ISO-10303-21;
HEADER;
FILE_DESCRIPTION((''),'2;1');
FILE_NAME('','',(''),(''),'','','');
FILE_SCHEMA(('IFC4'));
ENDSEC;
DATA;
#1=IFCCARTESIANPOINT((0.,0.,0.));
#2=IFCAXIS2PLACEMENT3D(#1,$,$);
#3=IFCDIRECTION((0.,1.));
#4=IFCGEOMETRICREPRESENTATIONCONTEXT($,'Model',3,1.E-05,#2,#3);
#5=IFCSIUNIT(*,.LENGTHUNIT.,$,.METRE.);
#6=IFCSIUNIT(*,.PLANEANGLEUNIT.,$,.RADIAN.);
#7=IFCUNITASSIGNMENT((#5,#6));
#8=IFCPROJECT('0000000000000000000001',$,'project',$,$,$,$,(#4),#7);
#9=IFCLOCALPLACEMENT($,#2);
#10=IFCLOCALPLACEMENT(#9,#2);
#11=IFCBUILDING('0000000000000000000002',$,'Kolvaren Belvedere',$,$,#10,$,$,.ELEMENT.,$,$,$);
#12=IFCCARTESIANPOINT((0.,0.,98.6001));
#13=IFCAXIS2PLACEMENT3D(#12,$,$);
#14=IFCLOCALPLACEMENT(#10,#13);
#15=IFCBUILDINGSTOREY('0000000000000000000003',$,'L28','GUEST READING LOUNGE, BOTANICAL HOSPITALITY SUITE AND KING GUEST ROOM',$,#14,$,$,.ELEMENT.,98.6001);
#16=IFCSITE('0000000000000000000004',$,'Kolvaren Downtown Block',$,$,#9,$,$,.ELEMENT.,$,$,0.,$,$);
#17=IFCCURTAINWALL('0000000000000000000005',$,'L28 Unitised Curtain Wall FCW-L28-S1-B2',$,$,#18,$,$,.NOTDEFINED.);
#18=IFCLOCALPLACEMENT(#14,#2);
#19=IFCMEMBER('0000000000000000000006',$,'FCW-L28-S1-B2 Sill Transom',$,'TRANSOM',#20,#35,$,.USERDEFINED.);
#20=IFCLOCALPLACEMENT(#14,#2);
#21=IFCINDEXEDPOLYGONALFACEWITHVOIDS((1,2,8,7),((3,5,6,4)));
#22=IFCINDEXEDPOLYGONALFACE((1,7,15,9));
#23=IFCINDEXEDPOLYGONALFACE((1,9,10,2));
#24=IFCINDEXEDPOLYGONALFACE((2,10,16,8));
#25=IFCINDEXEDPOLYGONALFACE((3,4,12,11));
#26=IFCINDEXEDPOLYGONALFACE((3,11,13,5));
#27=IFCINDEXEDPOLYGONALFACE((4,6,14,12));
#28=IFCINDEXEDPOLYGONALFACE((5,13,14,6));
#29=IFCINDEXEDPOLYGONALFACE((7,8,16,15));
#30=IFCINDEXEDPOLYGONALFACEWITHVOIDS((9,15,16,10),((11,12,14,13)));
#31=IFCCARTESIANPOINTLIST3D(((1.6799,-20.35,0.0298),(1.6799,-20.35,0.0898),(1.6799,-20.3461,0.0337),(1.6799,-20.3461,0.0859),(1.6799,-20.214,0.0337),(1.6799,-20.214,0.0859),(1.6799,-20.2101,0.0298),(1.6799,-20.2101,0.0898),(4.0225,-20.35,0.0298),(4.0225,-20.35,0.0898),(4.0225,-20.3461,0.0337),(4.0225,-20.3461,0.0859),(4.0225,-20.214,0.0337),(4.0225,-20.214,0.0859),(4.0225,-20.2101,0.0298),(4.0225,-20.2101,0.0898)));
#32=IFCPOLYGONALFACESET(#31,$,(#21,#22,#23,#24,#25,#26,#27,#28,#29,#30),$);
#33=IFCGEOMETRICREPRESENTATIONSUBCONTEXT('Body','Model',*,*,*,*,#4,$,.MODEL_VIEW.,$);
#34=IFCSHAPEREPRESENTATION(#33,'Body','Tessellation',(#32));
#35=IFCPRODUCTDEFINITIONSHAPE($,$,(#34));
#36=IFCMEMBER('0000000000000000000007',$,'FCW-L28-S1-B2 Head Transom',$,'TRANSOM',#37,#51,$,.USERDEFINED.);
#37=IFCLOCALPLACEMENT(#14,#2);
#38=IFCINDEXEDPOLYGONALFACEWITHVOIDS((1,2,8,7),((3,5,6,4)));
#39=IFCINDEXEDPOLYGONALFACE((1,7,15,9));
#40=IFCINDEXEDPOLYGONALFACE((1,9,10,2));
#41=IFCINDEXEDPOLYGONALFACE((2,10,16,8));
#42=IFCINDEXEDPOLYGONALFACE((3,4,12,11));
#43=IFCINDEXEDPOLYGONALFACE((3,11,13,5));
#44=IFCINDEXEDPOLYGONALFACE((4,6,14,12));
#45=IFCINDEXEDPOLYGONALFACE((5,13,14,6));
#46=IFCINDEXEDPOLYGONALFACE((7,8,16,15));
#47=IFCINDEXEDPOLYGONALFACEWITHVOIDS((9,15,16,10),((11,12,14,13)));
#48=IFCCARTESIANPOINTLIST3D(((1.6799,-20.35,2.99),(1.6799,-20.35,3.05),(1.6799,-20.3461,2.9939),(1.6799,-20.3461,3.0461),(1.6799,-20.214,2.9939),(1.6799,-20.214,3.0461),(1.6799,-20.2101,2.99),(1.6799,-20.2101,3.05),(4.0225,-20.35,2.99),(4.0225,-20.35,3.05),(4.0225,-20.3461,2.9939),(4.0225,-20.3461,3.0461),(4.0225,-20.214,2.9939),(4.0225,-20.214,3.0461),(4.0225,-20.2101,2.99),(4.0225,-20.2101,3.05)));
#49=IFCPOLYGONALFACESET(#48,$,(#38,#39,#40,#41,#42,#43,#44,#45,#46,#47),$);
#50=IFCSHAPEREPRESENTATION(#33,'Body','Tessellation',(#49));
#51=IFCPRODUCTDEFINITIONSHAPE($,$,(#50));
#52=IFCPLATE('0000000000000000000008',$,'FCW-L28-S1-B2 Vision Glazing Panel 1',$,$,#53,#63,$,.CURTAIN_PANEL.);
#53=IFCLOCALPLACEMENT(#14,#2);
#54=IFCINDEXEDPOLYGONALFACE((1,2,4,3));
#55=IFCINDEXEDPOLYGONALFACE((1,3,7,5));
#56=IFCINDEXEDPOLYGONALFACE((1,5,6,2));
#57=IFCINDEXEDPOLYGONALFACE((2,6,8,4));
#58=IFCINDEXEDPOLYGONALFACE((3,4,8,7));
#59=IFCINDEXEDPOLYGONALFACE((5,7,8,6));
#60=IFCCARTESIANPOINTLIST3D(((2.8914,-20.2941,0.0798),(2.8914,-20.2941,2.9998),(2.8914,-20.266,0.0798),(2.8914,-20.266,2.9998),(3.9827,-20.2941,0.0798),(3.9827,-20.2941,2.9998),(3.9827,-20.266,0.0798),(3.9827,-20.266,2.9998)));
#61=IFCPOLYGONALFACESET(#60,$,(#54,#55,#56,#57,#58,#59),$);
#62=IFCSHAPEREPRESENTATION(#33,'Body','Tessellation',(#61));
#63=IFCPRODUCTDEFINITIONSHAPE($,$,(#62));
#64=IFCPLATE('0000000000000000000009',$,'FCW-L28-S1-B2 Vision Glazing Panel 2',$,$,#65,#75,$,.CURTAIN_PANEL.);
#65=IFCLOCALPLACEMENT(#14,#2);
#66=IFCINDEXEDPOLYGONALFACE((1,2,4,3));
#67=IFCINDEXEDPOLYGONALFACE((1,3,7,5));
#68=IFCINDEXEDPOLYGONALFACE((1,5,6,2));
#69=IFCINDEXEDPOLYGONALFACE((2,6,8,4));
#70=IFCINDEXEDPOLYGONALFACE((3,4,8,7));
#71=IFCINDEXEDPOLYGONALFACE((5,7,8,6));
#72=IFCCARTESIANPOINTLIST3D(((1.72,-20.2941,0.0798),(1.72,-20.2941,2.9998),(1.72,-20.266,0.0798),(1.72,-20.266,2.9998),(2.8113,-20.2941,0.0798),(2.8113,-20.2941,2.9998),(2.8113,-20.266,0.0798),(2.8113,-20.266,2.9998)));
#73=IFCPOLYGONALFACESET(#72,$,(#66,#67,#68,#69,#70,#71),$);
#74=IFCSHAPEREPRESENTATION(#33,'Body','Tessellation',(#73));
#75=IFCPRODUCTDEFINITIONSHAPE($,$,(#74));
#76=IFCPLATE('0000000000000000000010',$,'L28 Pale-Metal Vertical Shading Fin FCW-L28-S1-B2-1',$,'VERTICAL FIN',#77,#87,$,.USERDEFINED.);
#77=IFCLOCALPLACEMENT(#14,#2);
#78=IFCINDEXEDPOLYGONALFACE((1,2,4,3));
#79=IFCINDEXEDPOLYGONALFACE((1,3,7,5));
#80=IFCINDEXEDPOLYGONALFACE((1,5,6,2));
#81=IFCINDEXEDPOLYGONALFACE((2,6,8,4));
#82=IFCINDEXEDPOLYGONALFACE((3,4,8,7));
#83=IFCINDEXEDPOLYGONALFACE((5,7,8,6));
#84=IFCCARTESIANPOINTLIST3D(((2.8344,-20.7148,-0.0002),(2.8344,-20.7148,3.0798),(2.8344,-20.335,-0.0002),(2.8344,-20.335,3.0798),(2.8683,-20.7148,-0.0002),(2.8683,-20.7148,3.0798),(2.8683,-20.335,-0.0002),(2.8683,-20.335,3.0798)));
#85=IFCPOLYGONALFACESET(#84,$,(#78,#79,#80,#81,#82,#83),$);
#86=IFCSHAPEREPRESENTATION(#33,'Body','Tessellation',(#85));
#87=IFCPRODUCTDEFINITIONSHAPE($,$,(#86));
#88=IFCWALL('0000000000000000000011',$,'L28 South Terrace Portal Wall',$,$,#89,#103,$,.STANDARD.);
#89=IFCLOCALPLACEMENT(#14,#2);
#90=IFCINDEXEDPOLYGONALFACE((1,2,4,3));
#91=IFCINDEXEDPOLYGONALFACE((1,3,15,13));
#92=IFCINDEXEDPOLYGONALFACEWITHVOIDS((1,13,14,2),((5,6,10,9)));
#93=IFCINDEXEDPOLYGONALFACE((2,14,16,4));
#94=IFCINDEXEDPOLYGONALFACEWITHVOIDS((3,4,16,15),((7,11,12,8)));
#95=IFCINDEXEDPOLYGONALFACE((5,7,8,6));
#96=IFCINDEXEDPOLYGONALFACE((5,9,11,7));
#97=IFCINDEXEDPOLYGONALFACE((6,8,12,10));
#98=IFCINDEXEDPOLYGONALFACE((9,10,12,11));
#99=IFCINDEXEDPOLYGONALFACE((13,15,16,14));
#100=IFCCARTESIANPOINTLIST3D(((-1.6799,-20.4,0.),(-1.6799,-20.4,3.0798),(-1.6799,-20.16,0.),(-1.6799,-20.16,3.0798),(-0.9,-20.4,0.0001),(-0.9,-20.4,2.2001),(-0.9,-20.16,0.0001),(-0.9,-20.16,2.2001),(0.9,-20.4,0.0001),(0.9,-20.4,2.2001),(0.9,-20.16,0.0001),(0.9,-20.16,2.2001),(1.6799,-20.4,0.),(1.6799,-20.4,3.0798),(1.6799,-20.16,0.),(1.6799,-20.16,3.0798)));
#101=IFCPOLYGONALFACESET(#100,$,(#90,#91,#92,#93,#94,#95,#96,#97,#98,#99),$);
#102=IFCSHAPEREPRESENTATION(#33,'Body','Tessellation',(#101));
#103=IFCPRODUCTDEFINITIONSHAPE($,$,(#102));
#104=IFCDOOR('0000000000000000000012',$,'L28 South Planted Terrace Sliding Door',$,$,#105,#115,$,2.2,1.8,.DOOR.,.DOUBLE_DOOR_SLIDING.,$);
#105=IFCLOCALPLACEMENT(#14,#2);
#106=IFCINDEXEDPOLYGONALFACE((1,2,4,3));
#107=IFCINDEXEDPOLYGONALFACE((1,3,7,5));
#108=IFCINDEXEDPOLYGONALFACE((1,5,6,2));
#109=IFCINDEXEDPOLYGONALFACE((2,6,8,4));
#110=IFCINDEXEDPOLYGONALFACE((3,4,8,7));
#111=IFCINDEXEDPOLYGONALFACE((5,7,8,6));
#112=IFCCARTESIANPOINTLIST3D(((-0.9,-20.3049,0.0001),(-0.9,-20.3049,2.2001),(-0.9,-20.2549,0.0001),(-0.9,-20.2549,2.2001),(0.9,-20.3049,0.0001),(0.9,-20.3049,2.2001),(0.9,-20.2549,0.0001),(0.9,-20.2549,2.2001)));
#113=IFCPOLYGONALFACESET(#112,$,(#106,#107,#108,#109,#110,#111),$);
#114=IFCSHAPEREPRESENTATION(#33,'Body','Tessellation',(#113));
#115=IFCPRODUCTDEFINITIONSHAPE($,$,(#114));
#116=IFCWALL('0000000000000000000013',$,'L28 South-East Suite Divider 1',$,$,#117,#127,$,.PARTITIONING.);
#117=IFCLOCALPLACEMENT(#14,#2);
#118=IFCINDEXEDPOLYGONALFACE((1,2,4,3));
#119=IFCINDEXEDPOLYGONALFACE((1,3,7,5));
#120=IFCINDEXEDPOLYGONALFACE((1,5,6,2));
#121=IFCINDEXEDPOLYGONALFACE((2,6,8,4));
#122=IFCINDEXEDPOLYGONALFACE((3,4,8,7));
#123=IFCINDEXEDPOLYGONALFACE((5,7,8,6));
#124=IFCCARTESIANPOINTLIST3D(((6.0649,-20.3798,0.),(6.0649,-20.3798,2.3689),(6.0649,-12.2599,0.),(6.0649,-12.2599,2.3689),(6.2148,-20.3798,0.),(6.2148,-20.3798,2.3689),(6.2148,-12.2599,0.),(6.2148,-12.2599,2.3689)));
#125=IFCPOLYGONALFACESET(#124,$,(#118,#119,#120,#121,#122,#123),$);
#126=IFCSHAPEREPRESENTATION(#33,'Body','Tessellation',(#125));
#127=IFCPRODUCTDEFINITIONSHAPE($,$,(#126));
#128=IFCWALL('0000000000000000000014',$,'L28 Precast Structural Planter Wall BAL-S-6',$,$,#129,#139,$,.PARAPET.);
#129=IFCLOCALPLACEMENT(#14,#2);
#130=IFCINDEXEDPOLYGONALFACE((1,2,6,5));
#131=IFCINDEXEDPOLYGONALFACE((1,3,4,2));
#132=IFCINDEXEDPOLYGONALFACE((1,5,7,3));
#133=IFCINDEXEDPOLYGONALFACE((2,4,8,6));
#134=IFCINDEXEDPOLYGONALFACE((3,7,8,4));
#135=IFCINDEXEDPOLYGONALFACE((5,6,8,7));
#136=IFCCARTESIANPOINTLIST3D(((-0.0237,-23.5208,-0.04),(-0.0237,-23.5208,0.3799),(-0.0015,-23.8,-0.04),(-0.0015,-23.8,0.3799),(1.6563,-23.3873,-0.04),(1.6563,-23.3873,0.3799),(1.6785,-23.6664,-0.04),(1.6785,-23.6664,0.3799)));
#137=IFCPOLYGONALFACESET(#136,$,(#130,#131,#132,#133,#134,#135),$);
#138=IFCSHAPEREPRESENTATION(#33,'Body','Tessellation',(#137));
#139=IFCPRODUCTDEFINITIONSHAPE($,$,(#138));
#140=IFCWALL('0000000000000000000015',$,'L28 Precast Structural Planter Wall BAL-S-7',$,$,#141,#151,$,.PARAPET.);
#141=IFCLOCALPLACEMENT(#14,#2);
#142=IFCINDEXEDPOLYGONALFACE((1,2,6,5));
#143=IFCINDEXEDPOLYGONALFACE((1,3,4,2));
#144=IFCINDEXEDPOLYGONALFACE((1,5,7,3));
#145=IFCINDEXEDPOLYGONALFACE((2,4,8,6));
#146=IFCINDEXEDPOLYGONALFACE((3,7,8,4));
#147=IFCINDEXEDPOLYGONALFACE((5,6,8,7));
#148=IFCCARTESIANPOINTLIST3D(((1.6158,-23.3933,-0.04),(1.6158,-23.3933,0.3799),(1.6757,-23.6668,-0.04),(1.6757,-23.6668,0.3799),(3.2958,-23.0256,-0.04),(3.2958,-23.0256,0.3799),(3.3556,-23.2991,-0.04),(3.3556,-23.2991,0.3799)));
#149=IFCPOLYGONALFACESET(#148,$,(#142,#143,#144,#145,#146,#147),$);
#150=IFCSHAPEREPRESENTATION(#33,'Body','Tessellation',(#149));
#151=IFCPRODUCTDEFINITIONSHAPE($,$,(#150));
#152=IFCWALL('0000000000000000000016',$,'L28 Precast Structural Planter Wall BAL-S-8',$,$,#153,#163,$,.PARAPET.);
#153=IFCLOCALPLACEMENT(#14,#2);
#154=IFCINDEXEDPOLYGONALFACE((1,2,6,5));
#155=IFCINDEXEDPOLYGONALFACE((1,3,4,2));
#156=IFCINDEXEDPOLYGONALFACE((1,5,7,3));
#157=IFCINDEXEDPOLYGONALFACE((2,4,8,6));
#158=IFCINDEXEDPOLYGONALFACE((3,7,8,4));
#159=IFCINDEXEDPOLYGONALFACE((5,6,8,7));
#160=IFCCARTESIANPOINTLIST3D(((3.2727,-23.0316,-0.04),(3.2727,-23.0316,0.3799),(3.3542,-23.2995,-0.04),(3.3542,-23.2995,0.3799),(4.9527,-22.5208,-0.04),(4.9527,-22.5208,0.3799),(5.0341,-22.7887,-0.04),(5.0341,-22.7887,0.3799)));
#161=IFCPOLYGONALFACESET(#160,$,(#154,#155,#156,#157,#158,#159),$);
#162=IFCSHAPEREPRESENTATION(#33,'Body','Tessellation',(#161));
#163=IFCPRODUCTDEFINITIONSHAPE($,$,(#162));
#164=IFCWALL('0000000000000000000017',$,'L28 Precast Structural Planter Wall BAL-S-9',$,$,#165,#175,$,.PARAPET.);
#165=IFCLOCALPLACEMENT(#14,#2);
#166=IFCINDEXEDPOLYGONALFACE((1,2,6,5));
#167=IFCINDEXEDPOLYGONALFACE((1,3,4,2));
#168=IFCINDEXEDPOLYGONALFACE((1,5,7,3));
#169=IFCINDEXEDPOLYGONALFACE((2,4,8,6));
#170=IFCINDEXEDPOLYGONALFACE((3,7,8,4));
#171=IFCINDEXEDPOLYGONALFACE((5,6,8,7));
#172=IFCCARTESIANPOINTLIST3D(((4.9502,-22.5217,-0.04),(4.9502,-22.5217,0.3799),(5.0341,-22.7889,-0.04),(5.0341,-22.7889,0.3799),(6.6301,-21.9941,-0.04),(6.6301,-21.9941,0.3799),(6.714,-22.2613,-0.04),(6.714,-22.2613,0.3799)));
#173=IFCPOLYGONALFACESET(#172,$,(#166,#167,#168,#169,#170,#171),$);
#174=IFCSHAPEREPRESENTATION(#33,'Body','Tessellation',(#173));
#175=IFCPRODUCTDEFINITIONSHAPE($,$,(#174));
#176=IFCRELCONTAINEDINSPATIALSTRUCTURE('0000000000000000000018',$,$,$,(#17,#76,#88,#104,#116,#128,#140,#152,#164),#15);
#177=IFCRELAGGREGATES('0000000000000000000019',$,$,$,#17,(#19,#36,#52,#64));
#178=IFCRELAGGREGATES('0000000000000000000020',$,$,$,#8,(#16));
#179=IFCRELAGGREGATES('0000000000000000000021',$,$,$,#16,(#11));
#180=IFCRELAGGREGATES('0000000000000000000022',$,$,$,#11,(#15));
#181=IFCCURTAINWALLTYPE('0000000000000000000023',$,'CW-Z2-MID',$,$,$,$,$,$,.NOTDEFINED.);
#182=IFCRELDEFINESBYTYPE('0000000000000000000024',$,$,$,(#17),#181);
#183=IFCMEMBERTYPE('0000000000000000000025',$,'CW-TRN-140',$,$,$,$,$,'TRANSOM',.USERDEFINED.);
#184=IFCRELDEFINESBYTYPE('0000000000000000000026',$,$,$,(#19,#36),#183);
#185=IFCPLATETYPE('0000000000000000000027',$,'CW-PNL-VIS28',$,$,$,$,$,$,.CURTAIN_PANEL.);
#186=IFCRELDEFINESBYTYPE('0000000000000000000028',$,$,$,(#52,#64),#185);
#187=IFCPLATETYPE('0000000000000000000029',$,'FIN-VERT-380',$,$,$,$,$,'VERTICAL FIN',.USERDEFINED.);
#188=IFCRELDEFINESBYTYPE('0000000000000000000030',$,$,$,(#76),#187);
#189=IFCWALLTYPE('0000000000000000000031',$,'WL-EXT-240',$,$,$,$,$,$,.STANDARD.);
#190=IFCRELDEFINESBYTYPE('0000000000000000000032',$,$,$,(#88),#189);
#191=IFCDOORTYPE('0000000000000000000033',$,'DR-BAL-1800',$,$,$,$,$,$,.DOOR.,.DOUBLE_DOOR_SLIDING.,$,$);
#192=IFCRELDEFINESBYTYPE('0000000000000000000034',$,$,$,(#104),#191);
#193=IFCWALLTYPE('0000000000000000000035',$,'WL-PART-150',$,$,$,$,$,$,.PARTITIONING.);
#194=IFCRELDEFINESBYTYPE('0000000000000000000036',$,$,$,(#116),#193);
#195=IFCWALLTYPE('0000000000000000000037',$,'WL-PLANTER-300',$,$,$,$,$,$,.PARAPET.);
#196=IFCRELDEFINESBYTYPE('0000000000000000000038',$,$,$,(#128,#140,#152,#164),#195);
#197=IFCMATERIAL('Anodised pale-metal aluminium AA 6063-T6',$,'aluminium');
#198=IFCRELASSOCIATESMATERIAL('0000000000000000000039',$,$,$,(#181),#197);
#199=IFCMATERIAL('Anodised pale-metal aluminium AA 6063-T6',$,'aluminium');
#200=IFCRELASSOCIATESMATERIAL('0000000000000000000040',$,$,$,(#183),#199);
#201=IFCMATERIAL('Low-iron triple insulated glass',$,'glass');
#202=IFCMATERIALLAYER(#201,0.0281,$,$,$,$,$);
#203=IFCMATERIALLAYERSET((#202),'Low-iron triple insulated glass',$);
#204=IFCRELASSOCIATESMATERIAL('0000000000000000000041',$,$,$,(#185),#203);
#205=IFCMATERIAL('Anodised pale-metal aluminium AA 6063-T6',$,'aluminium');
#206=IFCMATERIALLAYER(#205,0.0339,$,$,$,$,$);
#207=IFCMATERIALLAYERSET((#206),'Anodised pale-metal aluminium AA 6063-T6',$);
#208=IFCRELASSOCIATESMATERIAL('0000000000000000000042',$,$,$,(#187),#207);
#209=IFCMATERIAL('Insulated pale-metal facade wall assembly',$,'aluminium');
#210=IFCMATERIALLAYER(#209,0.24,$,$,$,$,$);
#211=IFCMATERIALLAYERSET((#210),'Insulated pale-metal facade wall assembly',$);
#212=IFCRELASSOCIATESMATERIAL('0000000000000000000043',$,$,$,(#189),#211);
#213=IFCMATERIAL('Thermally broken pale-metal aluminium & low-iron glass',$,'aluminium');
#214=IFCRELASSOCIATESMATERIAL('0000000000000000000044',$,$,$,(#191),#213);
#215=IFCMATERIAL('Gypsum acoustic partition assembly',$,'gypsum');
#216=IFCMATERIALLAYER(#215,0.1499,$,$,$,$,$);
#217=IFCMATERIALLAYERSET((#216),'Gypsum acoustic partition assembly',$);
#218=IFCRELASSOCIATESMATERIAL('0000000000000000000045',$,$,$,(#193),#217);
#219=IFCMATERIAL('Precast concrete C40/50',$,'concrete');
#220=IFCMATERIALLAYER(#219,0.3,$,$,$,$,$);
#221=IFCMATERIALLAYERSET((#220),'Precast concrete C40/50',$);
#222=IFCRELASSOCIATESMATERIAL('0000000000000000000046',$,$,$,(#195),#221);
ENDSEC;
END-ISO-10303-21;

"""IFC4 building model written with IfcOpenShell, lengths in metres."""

from ifc_helpers import new_model, si_unit, direction, frame, frame_2d, origin, origin_2d, place, context, subcontext, project, spatial, rectangle, hollow_rectangle, extrude, material, layer, layer_set, material_profile, profile_set, type_object, element, fill, aggregate, save


model = new_model("IFC4")

# Units and contexts
model_context = context("Model", 3, precision=1e-05, world=origin(), true_north=direction((0.0, 1.0)))
body_context = subcontext(model_context, "Body", "Model", "MODEL_VIEW")
ifc_project = project(units=[si_unit("LENGTHUNIT", "METRE"), si_unit("PLANEANGLEUNIT", "RADIAN")], contexts=[model_context])

# Site, building, storey
site_placement = place(None, origin())
site = spatial("IfcSite", under=ifc_project, at=site_placement, Name="Kolvaren Downtown Block", CompositionType="ELEMENT", RefElevation=0.0)
building_placement = place(site_placement, origin())
building = spatial("IfcBuilding", under=site, at=building_placement, Name="Kolvaren Belvedere", CompositionType="ELEMENT")
storey_placement = place(building_placement, frame((0.0, 0.0, 98.6001)))
storey = spatial("IfcBuildingStorey", under=building, at=storey_placement, Name="L28", Description="GUEST READING LOUNGE, BOTANICAL HOSPITALITY SUITE AND KING GUEST ROOM", CompositionType="ELEMENT", Elevation=98.6001)

# Shared definitions
ifc_material_1 = material(Name="Anodised pale-metal aluminium AA 6063-T6", Category="aluminium")
curtain_wall_type = type_object("IfcCurtainWallType", Name="CW-Z2-MID", PredefinedType="NOTDEFINED", material=ifc_material_1)

# Curtain wall, members, plates
curtain_wall_1_placement = place(storey_placement, origin())
curtain_wall_1 = element("IfcCurtainWall", 1, at=curtain_wall_1_placement, inside=storey, type_object=curtain_wall_type, Name="L28 Unitised Curtain Wall FCW-L28-S1-B2", PredefinedType="NOTDEFINED")
ifc_material_2 = material(Name="Anodised pale-metal aluminium AA 6063-T6", Category="aluminium")
ifc_material_profile_1 = material_profile(ifc_material_2, hollow_rectangle(XDim=0.0601, YDim=0.1399, WallThickness=0.0039, at=origin_2d()), Name="ALU-TRN-140X60")
ifc_profile_set_1 = profile_set([ifc_material_profile_1], Name="Anodised pale-metal aluminium AA 6063-T6")
member_type_1 = type_object("IfcMemberType", Name="CW-TRN-140", ElementType="TRANSOM", PredefinedType="USERDEFINED", material=ifc_profile_set_1)
member_1_placement = place(storey_placement, frame((4.0225, -20.28, 0.0598), z_axis=(-1.0, 0.0, 0.0), x_axis=(0.0, 0.0, 1.0)))
member_1 = element("IfcMember", 2, at=member_1_placement, type_object=member_type_1, Name="FCW-L28-S1-B2 Sill Transom", ObjectType="TRANSOM", PredefinedType="USERDEFINED", context=body_context, shape_type="SweptSolid", body=[
    extrude(hollow_rectangle(XDim=0.0601, YDim=0.1399, WallThickness=0.0039, at=origin_2d()), origin(), (0.0, 0.0, 1.0), 2.3425),
])
member_2_placement = place(storey_placement, frame((4.0225, -20.28, 3.02), z_axis=(-1.0, 0.0, 0.0), x_axis=(0.0, 0.0, 1.0)))
member_2 = element("IfcMember", 3, at=member_2_placement, type_object=member_type_1, Name="FCW-L28-S1-B2 Head Transom", ObjectType="TRANSOM", PredefinedType="USERDEFINED", context=body_context, shape_type="SweptSolid", body=[
    extrude(hollow_rectangle(XDim=0.0601, YDim=0.1399, WallThickness=0.0039, at=origin_2d()), origin(), (0.0, 0.0, 1.0), 2.3425),
])
ifc_material_3 = material(Name="Low-iron triple insulated glass", Category="glass")
ifc_layer_1 = layer(ifc_material_3, 0.0281)
ifc_layer_set_1 = layer_set([ifc_layer_1], Name="Low-iron triple insulated glass")
plate_type_1 = type_object("IfcPlateType", Name="CW-PNL-VIS28", PredefinedType="CURTAIN_PANEL", material=ifc_layer_set_1)
plate_1_placement = place(storey_placement, frame((3.437, -20.28, 0.0798), z_axis=(0.0, 0.0, 1.0), x_axis=(-1.0, 0.0, 0.0)))
plate_1 = element("IfcPlate", 4, at=plate_1_placement, type_object=plate_type_1, Name="FCW-L28-S1-B2 Vision Glazing Panel 1", PredefinedType="CURTAIN_PANEL", context=body_context, shape_type="SweptSolid", body=[
    extrude(rectangle(XDim=1.0913, YDim=0.0281, at=origin_2d()), origin(), (0.0, 0.0, 1.0), 2.9199),
])
plate_2_placement = place(storey_placement, frame((2.2656, -20.28, 0.0798), z_axis=(0.0, 0.0, 1.0), x_axis=(-1.0, 0.0, 0.0)))
plate_2 = element("IfcPlate", 5, at=plate_2_placement, type_object=plate_type_1, Name="FCW-L28-S1-B2 Vision Glazing Panel 2", PredefinedType="CURTAIN_PANEL", context=body_context, shape_type="SweptSolid", body=[
    extrude(rectangle(XDim=1.0913, YDim=0.0281, at=origin_2d()), origin(), (0.0, 0.0, 1.0), 2.9199),
])
aggregate(curtain_wall_1, [member_1, member_2, plate_1, plate_2])

# Plate
ifc_material_4 = material(Name="Anodised pale-metal aluminium AA 6063-T6", Category="aluminium")
ifc_layer_2 = layer(ifc_material_4, 0.0339)
ifc_layer_set_2 = layer_set([ifc_layer_2], Name="Anodised pale-metal aluminium AA 6063-T6")
plate_type_2 = type_object("IfcPlateType", Name="FIN-VERT-380", ElementType="VERTICAL FIN", PredefinedType="USERDEFINED", material=ifc_layer_set_2)
plate_3_placement = place(storey_placement, frame((2.8513, -20.5249, -0.0002), z_axis=(0.0, 0.0, 1.0), x_axis=(0.0, 1.0, 0.0)))
element("IfcPlate", 6, at=plate_3_placement, inside=storey, type_object=plate_type_2, Name="L28 Pale-Metal Vertical Shading Fin FCW-L28-S1-B2-1", ObjectType="VERTICAL FIN", PredefinedType="USERDEFINED", context=body_context, shape_type="SweptSolid", body=[
    extrude(rectangle(XDim=0.3799, YDim=0.0339, at=origin_2d()), origin(), (0.0, 0.0, 1.0), 3.0801),
])

# Wall, opening, door
ifc_material_5 = material(Name="Insulated pale-metal facade wall assembly", Category="aluminium")
ifc_layer_3 = layer(ifc_material_5, 0.24)
ifc_layer_set_3 = layer_set([ifc_layer_3], Name="Insulated pale-metal facade wall assembly")
wall_type_1 = type_object("IfcWallType", Name="WL-EXT-240", PredefinedType="STANDARD", material=ifc_layer_set_3)
wall_1_placement = place(storey_placement, frame((1.6799, -20.28, 0.0), z_axis=(0.0, 0.0, 1.0), x_axis=(-1.0, 0.0, 0.0)))
wall_1 = element("IfcWall", 7, at=wall_1_placement, inside=storey, type_object=wall_type_1, Name="L28 South Terrace Portal Wall", PredefinedType="STANDARD", context=body_context, shape_type="SweptSolid", body=[
    extrude(rectangle(XDim=3.3599, YDim=0.24, at=frame_2d((1.6799, 0.0))), origin(), (0.0, 0.0, 1.0), 3.0798),
])
opening_1_placement = place(wall_1_placement, frame((0.78, 0.0, 0.0)))
opening_1 = element("IfcOpeningElement", 8, at=opening_1_placement, cuts=wall_1, PredefinedType="OPENING", context=body_context, shape_type="SweptSolid", body=[
    extrude(rectangle(XDim=1.8, YDim=2.2, at=frame_2d((0.8999, 1.1001))), frame((0.0, 0.1299, 0.0), z_axis=(0.0, -1.0, 0.0), x_axis=(1.0, 0.0, 0.0)), (0.0, 0.0, 1.0), 0.26),
])
ifc_material_6 = material(Name="Thermally broken pale-metal aluminium & low-iron glass", Category="aluminium")
door_type_1 = type_object("IfcDoorType", Name="DR-BAL-1800", OperationType="DOUBLE_DOOR_SLIDING", PredefinedType="DOOR", material=ifc_material_6)
door_1_placement = place(opening_1_placement, origin())
door_1 = element("IfcDoor", 9, at=door_1_placement, inside=storey, type_object=door_type_1, Name="L28 South Planted Terrace Sliding Door", OperationType="DOUBLE_DOOR_SLIDING", OverallHeight=2.2, OverallWidth=1.8, PredefinedType="DOOR", context=body_context, shape_type="SweptSolid", body=[
    extrude(rectangle(XDim=1.8, YDim=2.2, at=frame_2d((0.8999, 1.1001))), frame((0.0, 0.0249, 0.0), z_axis=(0.0, -1.0, 0.0), x_axis=(1.0, 0.0, 0.0)), (0.0, 0.0, 1.0), 0.05),
])
fill(opening_1, door_1)

# Walls
ifc_material_7 = material(Name="Gypsum acoustic partition assembly", Category="gypsum")
ifc_layer_4 = layer(ifc_material_7, 0.1499)
ifc_layer_set_4 = layer_set([ifc_layer_4], Name="Gypsum acoustic partition assembly")
wall_type_2 = type_object("IfcWallType", Name="WL-PART-150", PredefinedType="PARTITIONING", material=ifc_layer_set_4)
wall_2_placement = place(storey_placement, frame((6.1399, -20.3799, 0.0), z_axis=(0.0, 0.0, 1.0), x_axis=(0.0, 1.0, 0.0)))
element("IfcWall", 10, at=wall_2_placement, inside=storey, type_object=wall_type_2, Name="L28 South-East Suite Divider 1", PredefinedType="PARTITIONING", context=body_context, shape_type="SweptSolid", body=[
    extrude(rectangle(XDim=8.1199, YDim=0.1499, at=frame_2d((4.0601, 0.0))), origin(), (0.0, 0.0, 1.0), 2.3689),
])
ifc_material_8 = material(Name="Precast concrete C40/50", Category="concrete")
ifc_layer_5 = layer(ifc_material_8, 0.3)
ifc_layer_set_5 = layer_set([ifc_layer_5], Name="Precast concrete C40/50")
wall_type_3 = type_object("IfcWallType", Name="WL-PLANTER-300", PredefinedType="PARAPET", material=ifc_layer_set_5)
wall_3_placement = place(storey_placement, frame((-0.0127, -23.6604, -0.04), z_axis=(0.0, 0.0, 1.0), x_axis=(0.996855, 0.079244, 0.0)))
element("IfcWall", 11, at=wall_3_placement, inside=storey, type_object=wall_type_3, Name="L28 Precast Structural Planter Wall BAL-S-6", PredefinedType="PARAPET", context=body_context, shape_type="SweptSolid", body=[
    extrude(rectangle(XDim=1.6853, YDim=0.28, at=frame_2d((0.8428, 0.0))), origin(), (0.0, 0.0, 1.0), 0.4199),
])
wall_4_placement = place(storey_placement, frame((1.6458, -23.53, -0.04), z_axis=(0.0, 0.0, 1.0), x_axis=(0.976877, 0.213803, 0.0)))
element("IfcWall", 12, at=wall_4_placement, inside=storey, type_object=wall_type_3, Name="L28 Precast Structural Planter Wall BAL-S-7", PredefinedType="PARAPET", context=body_context, shape_type="SweptSolid", body=[
    extrude(rectangle(XDim=1.7197, YDim=0.28, at=frame_2d((0.8599, 0.0))), origin(), (0.0, 0.0, 1.0), 0.4199),
])
wall_5_placement = place(storey_placement, frame((3.3135, -23.1655, -0.04), z_axis=(0.0, 0.0, 1.0), x_axis=(0.95676, 0.290879, 0.0)))
element("IfcWall", 13, at=wall_5_placement, inside=storey, type_object=wall_type_3, Name="L28 Precast Structural Planter Wall BAL-S-8", PredefinedType="PARAPET", context=body_context, shape_type="SweptSolid", body=[
    extrude(rectangle(XDim=1.7559, YDim=0.28, at=frame_2d((0.8779, 0.0))), origin(), (0.0, 0.0, 1.0), 0.4199),
])
wall_6_placement = place(storey_placement, frame((4.9922, -22.6553, -0.04), z_axis=(0.0, 0.0, 1.0), x_axis=(0.954057, 0.299625, 0.0)))
element("IfcWall", 14, at=wall_6_placement, inside=storey, type_object=wall_type_3, Name="L28 Precast Structural Planter Wall BAL-S-9", PredefinedType="PARAPET", context=body_context, shape_type="SweptSolid", body=[
    extrude(rectangle(XDim=1.7607, YDim=0.28, at=frame_2d((0.8804, 0.0))), origin(), (0.0, 0.0, 1.0), 0.4199),
])

save(model, "model.ifc")
